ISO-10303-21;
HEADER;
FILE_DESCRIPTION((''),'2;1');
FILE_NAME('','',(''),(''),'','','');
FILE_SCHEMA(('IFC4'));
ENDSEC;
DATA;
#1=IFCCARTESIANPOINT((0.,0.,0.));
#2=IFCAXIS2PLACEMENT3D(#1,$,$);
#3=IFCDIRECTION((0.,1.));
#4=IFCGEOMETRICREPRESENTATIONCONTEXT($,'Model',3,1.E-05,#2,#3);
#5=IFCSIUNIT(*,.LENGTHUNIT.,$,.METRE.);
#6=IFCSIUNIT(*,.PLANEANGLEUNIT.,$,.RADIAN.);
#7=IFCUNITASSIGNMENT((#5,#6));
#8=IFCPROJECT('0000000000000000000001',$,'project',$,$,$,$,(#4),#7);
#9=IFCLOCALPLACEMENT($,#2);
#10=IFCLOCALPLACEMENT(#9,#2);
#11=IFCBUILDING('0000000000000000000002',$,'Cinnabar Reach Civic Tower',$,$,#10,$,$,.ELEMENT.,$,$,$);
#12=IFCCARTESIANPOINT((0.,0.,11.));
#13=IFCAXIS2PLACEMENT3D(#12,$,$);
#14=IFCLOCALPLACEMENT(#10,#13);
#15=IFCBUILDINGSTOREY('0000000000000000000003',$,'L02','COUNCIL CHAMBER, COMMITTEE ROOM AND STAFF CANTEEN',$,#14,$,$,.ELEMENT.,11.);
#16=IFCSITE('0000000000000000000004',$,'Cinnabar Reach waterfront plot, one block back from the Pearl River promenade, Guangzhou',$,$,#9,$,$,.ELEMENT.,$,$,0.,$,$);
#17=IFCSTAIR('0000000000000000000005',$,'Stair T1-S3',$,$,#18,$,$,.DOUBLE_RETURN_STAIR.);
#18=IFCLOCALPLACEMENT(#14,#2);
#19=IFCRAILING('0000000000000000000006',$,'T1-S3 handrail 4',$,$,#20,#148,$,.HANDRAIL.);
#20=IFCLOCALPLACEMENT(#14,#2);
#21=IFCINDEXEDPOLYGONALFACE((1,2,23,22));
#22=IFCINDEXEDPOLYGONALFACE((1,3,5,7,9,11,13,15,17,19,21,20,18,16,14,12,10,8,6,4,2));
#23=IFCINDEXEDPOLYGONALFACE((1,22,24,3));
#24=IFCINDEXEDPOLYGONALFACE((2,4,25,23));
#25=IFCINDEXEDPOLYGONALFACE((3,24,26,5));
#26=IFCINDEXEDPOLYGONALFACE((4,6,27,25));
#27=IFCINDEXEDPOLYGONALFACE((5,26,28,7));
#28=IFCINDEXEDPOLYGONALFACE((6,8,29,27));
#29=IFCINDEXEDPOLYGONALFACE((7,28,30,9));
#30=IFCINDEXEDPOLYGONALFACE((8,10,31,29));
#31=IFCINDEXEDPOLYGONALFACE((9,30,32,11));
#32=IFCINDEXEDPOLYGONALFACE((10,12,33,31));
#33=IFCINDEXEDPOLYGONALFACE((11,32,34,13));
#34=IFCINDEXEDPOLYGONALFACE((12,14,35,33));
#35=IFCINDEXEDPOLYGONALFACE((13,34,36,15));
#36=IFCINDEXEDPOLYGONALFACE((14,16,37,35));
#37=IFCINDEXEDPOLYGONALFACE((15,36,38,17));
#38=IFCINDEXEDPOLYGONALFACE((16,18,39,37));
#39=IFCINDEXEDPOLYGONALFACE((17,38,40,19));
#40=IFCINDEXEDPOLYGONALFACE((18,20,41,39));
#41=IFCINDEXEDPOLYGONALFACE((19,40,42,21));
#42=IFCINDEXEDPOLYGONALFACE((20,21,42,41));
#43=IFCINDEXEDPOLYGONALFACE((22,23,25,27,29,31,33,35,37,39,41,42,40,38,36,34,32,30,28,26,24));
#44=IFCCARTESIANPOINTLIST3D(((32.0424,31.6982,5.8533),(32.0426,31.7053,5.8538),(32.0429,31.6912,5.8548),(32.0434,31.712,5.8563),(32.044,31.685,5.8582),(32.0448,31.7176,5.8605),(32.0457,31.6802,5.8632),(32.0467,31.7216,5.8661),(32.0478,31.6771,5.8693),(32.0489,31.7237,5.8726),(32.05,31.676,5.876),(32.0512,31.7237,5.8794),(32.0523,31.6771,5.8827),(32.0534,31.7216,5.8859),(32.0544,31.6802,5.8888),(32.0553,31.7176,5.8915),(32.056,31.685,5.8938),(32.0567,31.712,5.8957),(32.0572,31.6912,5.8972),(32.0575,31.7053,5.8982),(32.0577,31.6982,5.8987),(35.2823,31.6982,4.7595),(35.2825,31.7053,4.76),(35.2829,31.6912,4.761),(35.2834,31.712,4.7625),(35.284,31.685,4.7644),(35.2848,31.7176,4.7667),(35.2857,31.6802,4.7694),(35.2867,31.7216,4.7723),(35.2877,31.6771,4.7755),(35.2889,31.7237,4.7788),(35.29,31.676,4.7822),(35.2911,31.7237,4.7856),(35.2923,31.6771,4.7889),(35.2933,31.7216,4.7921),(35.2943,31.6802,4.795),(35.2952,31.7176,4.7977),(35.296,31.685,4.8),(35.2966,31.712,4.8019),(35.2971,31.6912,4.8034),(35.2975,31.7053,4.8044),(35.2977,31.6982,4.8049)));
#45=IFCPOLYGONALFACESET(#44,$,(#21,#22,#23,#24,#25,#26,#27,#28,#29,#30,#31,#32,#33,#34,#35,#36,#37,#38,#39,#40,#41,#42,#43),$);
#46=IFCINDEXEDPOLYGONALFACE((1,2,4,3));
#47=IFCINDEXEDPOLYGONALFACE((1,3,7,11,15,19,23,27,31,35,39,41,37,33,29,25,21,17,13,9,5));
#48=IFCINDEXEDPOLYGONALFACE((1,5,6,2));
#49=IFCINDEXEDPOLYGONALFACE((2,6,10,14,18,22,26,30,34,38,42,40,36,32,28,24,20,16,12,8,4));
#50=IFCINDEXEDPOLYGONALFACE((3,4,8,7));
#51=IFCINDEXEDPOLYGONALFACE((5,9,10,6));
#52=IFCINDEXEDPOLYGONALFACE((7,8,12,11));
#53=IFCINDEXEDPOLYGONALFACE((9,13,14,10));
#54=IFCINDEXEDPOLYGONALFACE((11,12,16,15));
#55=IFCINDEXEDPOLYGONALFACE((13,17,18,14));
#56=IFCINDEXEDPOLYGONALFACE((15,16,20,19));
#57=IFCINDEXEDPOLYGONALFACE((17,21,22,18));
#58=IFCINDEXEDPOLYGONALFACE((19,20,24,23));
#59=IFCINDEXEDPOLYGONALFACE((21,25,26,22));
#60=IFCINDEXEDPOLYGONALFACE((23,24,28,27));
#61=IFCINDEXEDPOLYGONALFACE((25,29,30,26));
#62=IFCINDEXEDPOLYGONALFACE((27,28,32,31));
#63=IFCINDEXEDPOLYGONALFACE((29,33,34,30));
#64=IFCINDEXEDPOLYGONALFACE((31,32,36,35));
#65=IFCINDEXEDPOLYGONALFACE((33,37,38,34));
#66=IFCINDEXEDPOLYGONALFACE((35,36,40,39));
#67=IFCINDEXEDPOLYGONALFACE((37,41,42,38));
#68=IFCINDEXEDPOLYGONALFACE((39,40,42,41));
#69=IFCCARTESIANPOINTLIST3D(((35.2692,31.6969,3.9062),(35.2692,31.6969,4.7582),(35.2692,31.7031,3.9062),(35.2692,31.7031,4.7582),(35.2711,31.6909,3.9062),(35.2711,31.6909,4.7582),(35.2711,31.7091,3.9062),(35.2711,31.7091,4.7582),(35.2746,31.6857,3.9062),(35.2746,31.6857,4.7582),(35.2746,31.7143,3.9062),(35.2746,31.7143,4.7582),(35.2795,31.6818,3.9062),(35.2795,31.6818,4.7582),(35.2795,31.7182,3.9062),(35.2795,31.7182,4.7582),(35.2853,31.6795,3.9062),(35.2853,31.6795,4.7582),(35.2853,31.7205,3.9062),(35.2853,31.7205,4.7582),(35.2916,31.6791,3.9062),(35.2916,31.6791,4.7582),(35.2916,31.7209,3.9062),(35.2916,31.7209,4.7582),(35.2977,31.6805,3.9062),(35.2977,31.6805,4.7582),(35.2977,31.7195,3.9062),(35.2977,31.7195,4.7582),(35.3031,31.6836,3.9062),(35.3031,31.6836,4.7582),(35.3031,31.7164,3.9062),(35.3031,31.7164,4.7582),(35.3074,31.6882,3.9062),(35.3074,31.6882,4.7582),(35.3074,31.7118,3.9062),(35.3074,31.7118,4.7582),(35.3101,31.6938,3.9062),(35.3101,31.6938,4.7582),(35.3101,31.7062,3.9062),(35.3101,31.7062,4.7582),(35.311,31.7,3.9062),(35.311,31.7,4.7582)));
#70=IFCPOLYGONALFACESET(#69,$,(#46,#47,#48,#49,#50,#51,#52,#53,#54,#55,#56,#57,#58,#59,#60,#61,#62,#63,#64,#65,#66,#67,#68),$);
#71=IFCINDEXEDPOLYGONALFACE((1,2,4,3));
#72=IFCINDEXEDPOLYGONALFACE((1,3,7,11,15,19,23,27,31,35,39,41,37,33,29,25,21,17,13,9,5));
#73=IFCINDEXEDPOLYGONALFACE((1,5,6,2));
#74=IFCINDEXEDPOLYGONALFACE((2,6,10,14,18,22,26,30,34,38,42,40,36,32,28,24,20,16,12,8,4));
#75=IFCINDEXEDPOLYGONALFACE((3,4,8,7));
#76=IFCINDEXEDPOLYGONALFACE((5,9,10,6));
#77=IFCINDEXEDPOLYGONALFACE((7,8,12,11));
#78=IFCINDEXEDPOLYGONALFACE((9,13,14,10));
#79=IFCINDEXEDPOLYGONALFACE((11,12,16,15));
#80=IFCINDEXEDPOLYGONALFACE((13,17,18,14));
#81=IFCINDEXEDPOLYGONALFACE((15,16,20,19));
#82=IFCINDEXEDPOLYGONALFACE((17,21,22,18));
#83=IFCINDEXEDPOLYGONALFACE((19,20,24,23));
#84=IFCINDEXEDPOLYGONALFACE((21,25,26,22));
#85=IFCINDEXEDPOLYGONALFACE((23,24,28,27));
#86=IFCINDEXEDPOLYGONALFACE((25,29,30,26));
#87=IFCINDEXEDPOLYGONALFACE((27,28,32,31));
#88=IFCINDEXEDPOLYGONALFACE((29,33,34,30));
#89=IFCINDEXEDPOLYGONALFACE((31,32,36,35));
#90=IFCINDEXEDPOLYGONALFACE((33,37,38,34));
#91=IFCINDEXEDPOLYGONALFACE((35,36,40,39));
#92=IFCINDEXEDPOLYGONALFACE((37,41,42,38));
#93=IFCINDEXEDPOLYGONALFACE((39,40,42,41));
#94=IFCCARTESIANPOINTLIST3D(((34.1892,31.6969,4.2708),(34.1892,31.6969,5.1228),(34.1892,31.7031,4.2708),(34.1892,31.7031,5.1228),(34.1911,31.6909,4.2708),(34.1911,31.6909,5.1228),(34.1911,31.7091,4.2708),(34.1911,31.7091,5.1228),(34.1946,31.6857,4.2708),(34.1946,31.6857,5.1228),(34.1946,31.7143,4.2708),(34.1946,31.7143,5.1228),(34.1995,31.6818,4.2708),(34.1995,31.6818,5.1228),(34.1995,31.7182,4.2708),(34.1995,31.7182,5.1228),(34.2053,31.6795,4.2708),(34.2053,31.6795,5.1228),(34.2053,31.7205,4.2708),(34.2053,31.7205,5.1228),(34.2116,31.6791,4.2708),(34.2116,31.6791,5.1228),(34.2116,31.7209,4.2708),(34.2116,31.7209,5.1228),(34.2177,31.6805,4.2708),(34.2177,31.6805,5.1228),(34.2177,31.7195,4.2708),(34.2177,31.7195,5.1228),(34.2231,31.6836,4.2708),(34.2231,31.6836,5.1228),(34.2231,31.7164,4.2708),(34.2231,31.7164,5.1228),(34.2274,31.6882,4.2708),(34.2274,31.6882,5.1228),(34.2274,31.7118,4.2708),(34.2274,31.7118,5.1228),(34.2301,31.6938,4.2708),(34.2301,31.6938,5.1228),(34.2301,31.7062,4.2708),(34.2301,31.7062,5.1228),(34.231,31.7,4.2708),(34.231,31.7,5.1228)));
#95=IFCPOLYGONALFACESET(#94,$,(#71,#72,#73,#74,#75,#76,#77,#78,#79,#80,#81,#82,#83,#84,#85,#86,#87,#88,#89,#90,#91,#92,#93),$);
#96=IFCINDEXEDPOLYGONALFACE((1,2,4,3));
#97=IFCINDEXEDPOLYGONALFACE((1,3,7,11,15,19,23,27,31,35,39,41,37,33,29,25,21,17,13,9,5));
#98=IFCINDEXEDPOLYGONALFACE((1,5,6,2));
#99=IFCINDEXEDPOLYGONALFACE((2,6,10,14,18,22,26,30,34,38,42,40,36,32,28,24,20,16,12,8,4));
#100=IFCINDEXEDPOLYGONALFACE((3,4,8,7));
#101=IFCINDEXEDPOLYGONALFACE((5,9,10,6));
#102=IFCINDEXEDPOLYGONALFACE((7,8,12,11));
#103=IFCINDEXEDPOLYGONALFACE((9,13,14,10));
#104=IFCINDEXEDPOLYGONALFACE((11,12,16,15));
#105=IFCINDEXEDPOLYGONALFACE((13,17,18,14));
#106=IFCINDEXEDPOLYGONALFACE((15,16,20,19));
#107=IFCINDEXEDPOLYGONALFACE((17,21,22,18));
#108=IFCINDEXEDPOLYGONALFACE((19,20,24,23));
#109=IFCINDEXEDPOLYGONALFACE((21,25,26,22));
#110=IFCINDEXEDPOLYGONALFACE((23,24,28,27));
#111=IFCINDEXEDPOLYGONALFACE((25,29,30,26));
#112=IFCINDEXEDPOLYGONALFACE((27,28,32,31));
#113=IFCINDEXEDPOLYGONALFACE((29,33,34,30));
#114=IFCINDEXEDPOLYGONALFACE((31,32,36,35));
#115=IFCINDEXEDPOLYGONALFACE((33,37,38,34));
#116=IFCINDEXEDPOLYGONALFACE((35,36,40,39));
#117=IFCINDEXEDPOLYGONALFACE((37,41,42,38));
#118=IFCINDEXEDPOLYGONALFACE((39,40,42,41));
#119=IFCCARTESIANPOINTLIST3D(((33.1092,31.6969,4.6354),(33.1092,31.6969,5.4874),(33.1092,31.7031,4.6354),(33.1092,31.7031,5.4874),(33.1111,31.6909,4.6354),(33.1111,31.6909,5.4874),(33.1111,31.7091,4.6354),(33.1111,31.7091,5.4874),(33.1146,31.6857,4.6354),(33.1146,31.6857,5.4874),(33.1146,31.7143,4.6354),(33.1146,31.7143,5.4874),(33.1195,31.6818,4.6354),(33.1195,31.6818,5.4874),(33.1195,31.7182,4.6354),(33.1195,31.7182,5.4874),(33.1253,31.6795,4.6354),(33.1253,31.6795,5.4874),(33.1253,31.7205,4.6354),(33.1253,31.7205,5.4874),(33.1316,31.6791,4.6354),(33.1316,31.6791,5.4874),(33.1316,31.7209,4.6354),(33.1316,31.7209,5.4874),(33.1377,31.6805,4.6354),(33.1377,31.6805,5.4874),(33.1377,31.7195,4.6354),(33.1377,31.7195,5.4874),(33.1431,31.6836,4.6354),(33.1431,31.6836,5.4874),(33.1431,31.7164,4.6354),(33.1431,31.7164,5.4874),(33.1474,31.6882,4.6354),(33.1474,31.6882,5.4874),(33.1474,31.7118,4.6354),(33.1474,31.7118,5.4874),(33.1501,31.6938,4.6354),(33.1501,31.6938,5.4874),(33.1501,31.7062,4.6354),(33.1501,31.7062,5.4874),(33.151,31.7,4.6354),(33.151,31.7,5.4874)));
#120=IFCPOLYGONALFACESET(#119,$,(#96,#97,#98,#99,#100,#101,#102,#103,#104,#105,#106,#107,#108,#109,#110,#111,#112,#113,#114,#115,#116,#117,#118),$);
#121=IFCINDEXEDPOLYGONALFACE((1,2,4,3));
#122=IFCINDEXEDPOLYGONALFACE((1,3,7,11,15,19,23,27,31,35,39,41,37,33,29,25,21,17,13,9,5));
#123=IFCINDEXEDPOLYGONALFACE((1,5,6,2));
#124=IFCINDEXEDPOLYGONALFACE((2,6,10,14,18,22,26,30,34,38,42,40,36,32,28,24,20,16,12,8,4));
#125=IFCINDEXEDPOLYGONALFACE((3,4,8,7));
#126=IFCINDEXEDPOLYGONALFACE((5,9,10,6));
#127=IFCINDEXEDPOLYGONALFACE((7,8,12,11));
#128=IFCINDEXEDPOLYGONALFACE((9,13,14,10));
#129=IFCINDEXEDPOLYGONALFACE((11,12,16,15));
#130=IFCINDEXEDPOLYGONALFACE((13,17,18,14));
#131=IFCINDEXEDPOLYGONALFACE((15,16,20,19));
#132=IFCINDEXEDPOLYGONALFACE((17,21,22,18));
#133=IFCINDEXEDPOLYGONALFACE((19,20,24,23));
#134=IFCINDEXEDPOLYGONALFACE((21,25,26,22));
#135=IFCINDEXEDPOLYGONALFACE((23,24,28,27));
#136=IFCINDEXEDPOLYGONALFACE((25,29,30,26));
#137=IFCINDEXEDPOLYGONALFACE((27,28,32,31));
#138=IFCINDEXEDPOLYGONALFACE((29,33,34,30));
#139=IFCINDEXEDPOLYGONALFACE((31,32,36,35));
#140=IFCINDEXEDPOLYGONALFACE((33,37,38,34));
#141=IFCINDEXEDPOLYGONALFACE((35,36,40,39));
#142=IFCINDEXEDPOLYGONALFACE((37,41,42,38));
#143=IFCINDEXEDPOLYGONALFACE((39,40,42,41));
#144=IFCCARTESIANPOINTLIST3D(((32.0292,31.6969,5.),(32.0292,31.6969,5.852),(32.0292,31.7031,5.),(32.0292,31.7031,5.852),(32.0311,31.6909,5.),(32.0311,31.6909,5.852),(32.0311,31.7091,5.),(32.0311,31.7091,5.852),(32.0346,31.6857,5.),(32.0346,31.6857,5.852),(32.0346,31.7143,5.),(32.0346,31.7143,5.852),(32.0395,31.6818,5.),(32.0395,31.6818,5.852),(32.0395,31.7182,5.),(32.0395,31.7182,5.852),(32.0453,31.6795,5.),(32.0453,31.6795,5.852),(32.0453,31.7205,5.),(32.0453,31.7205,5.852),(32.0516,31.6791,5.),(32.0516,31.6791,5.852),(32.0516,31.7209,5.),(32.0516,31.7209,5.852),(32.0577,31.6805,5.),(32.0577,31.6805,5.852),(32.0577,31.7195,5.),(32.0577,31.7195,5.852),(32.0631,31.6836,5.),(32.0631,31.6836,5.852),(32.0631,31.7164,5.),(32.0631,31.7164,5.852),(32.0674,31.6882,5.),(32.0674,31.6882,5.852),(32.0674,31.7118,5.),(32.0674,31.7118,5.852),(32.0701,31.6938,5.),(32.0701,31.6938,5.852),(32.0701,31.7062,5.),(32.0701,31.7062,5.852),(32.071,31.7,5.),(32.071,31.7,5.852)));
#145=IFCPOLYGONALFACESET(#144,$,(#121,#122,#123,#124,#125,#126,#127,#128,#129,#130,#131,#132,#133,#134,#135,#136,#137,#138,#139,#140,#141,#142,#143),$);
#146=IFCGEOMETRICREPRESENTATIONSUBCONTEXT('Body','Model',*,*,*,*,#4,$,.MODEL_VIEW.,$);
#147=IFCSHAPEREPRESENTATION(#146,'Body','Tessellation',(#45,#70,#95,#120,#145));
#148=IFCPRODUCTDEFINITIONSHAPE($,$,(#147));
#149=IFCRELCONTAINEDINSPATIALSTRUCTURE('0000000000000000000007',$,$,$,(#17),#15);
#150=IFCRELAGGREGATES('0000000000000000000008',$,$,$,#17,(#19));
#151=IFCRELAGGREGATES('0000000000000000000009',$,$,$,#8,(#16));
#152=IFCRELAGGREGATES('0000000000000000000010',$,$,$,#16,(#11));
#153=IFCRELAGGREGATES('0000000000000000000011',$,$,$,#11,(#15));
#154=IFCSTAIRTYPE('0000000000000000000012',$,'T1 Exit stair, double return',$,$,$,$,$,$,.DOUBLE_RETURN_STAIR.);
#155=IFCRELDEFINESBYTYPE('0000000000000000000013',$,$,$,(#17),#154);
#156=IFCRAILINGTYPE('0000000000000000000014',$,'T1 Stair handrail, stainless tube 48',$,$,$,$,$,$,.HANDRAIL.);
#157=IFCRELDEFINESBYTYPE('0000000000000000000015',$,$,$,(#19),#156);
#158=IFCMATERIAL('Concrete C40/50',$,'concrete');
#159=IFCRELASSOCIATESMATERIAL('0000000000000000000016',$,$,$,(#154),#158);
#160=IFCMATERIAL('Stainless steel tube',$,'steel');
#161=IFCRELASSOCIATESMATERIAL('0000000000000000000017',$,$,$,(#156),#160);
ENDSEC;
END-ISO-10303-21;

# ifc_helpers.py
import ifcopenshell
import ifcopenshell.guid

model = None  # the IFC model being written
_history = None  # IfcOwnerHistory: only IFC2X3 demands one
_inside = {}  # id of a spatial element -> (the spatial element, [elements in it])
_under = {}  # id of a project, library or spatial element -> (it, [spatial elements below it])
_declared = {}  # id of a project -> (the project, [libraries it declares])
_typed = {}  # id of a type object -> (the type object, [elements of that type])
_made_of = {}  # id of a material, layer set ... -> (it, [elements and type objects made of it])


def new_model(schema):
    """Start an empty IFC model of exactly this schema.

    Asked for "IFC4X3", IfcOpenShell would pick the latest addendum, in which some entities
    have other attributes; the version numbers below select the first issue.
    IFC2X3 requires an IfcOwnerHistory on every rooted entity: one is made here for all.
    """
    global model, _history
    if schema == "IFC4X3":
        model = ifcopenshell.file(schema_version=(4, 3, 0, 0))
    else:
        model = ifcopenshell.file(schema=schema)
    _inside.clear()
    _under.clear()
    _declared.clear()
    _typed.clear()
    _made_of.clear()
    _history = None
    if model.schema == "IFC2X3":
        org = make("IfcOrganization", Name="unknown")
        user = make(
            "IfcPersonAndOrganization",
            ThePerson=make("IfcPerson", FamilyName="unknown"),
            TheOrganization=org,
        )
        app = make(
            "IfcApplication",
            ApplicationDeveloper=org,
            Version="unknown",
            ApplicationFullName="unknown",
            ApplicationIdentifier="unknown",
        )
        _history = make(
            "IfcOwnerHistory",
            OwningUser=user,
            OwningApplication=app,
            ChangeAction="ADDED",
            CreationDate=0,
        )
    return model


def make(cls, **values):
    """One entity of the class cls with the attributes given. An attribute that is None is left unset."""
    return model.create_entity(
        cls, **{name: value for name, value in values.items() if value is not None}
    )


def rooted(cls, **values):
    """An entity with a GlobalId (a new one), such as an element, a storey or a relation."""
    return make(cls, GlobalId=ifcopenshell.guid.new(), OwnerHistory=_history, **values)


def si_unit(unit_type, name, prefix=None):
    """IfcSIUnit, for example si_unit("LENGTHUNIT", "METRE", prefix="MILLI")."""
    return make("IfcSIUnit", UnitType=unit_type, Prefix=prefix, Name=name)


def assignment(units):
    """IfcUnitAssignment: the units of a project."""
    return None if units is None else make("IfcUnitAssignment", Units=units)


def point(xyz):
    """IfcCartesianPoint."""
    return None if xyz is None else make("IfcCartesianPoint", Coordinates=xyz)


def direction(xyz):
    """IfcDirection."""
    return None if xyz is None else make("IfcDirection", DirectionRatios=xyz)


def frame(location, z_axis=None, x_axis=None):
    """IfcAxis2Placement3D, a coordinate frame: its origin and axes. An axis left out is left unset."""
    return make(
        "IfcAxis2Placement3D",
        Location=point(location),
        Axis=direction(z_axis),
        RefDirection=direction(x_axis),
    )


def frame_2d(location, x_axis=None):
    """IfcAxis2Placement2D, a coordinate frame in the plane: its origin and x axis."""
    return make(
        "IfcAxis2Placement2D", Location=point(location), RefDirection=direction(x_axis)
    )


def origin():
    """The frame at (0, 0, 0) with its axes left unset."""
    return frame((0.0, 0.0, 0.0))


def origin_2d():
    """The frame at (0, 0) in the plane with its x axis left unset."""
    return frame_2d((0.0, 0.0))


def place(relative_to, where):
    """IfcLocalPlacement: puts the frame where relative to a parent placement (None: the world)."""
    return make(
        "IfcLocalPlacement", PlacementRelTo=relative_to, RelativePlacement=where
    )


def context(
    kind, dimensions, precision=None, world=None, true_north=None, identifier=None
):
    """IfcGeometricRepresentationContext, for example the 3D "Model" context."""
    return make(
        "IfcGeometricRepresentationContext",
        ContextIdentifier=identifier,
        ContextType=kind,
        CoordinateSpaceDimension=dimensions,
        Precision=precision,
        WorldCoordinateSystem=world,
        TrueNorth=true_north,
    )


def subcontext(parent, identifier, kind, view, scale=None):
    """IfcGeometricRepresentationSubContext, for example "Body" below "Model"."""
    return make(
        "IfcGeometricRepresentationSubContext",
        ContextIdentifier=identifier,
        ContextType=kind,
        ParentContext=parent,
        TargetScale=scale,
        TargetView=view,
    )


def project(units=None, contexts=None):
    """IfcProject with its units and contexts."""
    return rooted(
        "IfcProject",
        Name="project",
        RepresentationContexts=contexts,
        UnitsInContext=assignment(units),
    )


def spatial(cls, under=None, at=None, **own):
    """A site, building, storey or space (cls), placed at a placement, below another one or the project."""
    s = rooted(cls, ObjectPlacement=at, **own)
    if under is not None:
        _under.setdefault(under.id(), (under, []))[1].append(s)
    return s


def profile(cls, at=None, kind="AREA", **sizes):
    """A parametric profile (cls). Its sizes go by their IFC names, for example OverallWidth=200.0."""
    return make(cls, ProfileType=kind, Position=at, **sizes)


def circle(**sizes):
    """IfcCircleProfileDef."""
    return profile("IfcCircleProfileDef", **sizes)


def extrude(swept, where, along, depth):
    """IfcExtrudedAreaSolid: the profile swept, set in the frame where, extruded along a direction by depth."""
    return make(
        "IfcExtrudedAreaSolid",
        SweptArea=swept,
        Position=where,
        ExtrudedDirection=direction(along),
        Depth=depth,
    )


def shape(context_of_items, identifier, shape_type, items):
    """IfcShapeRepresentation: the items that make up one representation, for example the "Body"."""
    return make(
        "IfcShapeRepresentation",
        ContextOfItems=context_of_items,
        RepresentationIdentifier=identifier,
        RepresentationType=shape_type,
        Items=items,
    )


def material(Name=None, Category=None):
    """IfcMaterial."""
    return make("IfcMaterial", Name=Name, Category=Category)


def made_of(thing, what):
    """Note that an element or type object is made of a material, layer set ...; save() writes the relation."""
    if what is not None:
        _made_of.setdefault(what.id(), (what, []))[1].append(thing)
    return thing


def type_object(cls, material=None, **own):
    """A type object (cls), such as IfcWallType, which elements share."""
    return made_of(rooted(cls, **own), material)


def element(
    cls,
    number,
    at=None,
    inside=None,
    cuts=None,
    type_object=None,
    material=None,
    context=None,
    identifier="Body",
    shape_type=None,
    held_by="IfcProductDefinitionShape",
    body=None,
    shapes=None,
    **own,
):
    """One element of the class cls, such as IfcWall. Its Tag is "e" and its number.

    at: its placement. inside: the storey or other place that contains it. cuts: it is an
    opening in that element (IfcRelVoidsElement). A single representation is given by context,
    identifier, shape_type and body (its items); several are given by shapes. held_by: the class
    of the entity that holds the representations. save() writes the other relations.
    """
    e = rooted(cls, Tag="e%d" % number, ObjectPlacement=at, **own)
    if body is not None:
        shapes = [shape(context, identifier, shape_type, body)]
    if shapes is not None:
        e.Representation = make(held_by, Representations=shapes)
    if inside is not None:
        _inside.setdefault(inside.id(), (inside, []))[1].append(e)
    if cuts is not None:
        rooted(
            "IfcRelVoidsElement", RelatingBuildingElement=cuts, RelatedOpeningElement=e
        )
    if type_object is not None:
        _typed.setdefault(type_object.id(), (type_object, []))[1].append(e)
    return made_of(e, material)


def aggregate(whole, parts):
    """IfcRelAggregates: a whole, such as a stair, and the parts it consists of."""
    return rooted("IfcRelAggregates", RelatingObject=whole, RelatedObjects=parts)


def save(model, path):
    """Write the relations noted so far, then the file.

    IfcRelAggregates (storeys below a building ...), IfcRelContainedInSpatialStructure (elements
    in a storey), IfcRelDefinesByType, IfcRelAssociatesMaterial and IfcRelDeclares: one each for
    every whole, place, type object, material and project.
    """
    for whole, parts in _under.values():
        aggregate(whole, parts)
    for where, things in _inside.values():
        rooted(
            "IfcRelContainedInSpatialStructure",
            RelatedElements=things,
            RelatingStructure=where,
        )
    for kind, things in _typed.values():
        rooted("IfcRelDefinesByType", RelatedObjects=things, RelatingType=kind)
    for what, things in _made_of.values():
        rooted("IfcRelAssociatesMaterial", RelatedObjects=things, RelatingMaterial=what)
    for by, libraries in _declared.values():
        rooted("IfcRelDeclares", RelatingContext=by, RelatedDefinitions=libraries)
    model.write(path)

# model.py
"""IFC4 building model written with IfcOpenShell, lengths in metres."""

from ifc_helpers import new_model, si_unit, direction, frame, origin, origin_2d, place, context, subcontext, project, spatial, circle, extrude, material, type_object, element, aggregate, save


model = new_model("IFC4")

# Units and contexts
model_context = context("Model", 3, precision=1e-05, world=origin(), true_north=direction((0.0, 1.0)))
body_context = subcontext(model_context, "Body", "Model", "MODEL_VIEW")
ifc_project = project(units=[si_unit("LENGTHUNIT", "METRE"), si_unit("PLANEANGLEUNIT", "RADIAN")], contexts=[model_context])

# Site, building, storey
site_placement = place(None, origin())
site = spatial("IfcSite", under=ifc_project, at=site_placement, Name="Cinnabar Reach waterfront plot, one block back from the Pearl River promenade, Guangzhou", CompositionType="ELEMENT", RefElevation=0.0)
building_placement = place(site_placement, origin())
building = spatial("IfcBuilding", under=site, at=building_placement, Name="Cinnabar Reach Civic Tower", CompositionType="ELEMENT")
storey_placement = place(building_placement, frame((0.0, 0.0, 11.0)))
storey = spatial("IfcBuildingStorey", under=building, at=storey_placement, Name="L02", Description="COUNCIL CHAMBER, COMMITTEE ROOM AND STAFF CANTEEN", CompositionType="ELEMENT", Elevation=11.0)

# Stair, railing
ifc_material_1 = material(Name="Concrete C40/50", Category="concrete")
stair_type = type_object("IfcStairType", Name="T1 Exit stair, double return", PredefinedType="DOUBLE_RETURN_STAIR", material=ifc_material_1)
stair_placement = place(storey_placement, origin())
stair = element("IfcStair", 1, at=stair_placement, inside=storey, type_object=stair_type, Name="Stair T1-S3", PredefinedType="DOUBLE_RETURN_STAIR")
ifc_material_2 = material(Name="Stainless steel tube", Category="steel")
railing_type = type_object("IfcRailingType", Name="T1 Stair handrail, stainless tube 48", PredefinedType="HANDRAIL", material=ifc_material_2)
railing_1_placement = place(storey_placement, frame((35.29, 31.7, 3.9062)))
railing_1 = element("IfcRailing", 2, at=railing_1_placement, type_object=railing_type, Name="T1-S3 handrail 4", PredefinedType="HANDRAIL", context=body_context, shape_type="SweptSolid", body=[
    extrude(circle(Radius=0.024, at=origin_2d()), frame((0.0, 0.0, 0.876), z_axis=(-0.947466, 0.0, 0.319857), x_axis=(0.0, -1.0, 0.0)), (0.0, 0.0, 1.0), 3.4196),
    extrude(circle(Radius=0.021, at=origin_2d()), origin(), (0.0, 0.0, 1.0), 0.852),
    extrude(circle(Radius=0.021, at=origin_2d()), frame((-1.08, 0.0, 0.3646)), (0.0, 0.0, 1.0), 0.852),
    extrude(circle(Radius=0.021, at=origin_2d()), frame((-2.16, 0.0, 0.7292)), (0.0, 0.0, 1.0), 0.852),
    extrude(circle(Radius=0.021, at=origin_2d()), frame((-3.24, 0.0, 1.0938)), (0.0, 0.0, 1.0), 0.852),
])
aggregate(stair, [railing_1])

save(model, "model.ifc")
